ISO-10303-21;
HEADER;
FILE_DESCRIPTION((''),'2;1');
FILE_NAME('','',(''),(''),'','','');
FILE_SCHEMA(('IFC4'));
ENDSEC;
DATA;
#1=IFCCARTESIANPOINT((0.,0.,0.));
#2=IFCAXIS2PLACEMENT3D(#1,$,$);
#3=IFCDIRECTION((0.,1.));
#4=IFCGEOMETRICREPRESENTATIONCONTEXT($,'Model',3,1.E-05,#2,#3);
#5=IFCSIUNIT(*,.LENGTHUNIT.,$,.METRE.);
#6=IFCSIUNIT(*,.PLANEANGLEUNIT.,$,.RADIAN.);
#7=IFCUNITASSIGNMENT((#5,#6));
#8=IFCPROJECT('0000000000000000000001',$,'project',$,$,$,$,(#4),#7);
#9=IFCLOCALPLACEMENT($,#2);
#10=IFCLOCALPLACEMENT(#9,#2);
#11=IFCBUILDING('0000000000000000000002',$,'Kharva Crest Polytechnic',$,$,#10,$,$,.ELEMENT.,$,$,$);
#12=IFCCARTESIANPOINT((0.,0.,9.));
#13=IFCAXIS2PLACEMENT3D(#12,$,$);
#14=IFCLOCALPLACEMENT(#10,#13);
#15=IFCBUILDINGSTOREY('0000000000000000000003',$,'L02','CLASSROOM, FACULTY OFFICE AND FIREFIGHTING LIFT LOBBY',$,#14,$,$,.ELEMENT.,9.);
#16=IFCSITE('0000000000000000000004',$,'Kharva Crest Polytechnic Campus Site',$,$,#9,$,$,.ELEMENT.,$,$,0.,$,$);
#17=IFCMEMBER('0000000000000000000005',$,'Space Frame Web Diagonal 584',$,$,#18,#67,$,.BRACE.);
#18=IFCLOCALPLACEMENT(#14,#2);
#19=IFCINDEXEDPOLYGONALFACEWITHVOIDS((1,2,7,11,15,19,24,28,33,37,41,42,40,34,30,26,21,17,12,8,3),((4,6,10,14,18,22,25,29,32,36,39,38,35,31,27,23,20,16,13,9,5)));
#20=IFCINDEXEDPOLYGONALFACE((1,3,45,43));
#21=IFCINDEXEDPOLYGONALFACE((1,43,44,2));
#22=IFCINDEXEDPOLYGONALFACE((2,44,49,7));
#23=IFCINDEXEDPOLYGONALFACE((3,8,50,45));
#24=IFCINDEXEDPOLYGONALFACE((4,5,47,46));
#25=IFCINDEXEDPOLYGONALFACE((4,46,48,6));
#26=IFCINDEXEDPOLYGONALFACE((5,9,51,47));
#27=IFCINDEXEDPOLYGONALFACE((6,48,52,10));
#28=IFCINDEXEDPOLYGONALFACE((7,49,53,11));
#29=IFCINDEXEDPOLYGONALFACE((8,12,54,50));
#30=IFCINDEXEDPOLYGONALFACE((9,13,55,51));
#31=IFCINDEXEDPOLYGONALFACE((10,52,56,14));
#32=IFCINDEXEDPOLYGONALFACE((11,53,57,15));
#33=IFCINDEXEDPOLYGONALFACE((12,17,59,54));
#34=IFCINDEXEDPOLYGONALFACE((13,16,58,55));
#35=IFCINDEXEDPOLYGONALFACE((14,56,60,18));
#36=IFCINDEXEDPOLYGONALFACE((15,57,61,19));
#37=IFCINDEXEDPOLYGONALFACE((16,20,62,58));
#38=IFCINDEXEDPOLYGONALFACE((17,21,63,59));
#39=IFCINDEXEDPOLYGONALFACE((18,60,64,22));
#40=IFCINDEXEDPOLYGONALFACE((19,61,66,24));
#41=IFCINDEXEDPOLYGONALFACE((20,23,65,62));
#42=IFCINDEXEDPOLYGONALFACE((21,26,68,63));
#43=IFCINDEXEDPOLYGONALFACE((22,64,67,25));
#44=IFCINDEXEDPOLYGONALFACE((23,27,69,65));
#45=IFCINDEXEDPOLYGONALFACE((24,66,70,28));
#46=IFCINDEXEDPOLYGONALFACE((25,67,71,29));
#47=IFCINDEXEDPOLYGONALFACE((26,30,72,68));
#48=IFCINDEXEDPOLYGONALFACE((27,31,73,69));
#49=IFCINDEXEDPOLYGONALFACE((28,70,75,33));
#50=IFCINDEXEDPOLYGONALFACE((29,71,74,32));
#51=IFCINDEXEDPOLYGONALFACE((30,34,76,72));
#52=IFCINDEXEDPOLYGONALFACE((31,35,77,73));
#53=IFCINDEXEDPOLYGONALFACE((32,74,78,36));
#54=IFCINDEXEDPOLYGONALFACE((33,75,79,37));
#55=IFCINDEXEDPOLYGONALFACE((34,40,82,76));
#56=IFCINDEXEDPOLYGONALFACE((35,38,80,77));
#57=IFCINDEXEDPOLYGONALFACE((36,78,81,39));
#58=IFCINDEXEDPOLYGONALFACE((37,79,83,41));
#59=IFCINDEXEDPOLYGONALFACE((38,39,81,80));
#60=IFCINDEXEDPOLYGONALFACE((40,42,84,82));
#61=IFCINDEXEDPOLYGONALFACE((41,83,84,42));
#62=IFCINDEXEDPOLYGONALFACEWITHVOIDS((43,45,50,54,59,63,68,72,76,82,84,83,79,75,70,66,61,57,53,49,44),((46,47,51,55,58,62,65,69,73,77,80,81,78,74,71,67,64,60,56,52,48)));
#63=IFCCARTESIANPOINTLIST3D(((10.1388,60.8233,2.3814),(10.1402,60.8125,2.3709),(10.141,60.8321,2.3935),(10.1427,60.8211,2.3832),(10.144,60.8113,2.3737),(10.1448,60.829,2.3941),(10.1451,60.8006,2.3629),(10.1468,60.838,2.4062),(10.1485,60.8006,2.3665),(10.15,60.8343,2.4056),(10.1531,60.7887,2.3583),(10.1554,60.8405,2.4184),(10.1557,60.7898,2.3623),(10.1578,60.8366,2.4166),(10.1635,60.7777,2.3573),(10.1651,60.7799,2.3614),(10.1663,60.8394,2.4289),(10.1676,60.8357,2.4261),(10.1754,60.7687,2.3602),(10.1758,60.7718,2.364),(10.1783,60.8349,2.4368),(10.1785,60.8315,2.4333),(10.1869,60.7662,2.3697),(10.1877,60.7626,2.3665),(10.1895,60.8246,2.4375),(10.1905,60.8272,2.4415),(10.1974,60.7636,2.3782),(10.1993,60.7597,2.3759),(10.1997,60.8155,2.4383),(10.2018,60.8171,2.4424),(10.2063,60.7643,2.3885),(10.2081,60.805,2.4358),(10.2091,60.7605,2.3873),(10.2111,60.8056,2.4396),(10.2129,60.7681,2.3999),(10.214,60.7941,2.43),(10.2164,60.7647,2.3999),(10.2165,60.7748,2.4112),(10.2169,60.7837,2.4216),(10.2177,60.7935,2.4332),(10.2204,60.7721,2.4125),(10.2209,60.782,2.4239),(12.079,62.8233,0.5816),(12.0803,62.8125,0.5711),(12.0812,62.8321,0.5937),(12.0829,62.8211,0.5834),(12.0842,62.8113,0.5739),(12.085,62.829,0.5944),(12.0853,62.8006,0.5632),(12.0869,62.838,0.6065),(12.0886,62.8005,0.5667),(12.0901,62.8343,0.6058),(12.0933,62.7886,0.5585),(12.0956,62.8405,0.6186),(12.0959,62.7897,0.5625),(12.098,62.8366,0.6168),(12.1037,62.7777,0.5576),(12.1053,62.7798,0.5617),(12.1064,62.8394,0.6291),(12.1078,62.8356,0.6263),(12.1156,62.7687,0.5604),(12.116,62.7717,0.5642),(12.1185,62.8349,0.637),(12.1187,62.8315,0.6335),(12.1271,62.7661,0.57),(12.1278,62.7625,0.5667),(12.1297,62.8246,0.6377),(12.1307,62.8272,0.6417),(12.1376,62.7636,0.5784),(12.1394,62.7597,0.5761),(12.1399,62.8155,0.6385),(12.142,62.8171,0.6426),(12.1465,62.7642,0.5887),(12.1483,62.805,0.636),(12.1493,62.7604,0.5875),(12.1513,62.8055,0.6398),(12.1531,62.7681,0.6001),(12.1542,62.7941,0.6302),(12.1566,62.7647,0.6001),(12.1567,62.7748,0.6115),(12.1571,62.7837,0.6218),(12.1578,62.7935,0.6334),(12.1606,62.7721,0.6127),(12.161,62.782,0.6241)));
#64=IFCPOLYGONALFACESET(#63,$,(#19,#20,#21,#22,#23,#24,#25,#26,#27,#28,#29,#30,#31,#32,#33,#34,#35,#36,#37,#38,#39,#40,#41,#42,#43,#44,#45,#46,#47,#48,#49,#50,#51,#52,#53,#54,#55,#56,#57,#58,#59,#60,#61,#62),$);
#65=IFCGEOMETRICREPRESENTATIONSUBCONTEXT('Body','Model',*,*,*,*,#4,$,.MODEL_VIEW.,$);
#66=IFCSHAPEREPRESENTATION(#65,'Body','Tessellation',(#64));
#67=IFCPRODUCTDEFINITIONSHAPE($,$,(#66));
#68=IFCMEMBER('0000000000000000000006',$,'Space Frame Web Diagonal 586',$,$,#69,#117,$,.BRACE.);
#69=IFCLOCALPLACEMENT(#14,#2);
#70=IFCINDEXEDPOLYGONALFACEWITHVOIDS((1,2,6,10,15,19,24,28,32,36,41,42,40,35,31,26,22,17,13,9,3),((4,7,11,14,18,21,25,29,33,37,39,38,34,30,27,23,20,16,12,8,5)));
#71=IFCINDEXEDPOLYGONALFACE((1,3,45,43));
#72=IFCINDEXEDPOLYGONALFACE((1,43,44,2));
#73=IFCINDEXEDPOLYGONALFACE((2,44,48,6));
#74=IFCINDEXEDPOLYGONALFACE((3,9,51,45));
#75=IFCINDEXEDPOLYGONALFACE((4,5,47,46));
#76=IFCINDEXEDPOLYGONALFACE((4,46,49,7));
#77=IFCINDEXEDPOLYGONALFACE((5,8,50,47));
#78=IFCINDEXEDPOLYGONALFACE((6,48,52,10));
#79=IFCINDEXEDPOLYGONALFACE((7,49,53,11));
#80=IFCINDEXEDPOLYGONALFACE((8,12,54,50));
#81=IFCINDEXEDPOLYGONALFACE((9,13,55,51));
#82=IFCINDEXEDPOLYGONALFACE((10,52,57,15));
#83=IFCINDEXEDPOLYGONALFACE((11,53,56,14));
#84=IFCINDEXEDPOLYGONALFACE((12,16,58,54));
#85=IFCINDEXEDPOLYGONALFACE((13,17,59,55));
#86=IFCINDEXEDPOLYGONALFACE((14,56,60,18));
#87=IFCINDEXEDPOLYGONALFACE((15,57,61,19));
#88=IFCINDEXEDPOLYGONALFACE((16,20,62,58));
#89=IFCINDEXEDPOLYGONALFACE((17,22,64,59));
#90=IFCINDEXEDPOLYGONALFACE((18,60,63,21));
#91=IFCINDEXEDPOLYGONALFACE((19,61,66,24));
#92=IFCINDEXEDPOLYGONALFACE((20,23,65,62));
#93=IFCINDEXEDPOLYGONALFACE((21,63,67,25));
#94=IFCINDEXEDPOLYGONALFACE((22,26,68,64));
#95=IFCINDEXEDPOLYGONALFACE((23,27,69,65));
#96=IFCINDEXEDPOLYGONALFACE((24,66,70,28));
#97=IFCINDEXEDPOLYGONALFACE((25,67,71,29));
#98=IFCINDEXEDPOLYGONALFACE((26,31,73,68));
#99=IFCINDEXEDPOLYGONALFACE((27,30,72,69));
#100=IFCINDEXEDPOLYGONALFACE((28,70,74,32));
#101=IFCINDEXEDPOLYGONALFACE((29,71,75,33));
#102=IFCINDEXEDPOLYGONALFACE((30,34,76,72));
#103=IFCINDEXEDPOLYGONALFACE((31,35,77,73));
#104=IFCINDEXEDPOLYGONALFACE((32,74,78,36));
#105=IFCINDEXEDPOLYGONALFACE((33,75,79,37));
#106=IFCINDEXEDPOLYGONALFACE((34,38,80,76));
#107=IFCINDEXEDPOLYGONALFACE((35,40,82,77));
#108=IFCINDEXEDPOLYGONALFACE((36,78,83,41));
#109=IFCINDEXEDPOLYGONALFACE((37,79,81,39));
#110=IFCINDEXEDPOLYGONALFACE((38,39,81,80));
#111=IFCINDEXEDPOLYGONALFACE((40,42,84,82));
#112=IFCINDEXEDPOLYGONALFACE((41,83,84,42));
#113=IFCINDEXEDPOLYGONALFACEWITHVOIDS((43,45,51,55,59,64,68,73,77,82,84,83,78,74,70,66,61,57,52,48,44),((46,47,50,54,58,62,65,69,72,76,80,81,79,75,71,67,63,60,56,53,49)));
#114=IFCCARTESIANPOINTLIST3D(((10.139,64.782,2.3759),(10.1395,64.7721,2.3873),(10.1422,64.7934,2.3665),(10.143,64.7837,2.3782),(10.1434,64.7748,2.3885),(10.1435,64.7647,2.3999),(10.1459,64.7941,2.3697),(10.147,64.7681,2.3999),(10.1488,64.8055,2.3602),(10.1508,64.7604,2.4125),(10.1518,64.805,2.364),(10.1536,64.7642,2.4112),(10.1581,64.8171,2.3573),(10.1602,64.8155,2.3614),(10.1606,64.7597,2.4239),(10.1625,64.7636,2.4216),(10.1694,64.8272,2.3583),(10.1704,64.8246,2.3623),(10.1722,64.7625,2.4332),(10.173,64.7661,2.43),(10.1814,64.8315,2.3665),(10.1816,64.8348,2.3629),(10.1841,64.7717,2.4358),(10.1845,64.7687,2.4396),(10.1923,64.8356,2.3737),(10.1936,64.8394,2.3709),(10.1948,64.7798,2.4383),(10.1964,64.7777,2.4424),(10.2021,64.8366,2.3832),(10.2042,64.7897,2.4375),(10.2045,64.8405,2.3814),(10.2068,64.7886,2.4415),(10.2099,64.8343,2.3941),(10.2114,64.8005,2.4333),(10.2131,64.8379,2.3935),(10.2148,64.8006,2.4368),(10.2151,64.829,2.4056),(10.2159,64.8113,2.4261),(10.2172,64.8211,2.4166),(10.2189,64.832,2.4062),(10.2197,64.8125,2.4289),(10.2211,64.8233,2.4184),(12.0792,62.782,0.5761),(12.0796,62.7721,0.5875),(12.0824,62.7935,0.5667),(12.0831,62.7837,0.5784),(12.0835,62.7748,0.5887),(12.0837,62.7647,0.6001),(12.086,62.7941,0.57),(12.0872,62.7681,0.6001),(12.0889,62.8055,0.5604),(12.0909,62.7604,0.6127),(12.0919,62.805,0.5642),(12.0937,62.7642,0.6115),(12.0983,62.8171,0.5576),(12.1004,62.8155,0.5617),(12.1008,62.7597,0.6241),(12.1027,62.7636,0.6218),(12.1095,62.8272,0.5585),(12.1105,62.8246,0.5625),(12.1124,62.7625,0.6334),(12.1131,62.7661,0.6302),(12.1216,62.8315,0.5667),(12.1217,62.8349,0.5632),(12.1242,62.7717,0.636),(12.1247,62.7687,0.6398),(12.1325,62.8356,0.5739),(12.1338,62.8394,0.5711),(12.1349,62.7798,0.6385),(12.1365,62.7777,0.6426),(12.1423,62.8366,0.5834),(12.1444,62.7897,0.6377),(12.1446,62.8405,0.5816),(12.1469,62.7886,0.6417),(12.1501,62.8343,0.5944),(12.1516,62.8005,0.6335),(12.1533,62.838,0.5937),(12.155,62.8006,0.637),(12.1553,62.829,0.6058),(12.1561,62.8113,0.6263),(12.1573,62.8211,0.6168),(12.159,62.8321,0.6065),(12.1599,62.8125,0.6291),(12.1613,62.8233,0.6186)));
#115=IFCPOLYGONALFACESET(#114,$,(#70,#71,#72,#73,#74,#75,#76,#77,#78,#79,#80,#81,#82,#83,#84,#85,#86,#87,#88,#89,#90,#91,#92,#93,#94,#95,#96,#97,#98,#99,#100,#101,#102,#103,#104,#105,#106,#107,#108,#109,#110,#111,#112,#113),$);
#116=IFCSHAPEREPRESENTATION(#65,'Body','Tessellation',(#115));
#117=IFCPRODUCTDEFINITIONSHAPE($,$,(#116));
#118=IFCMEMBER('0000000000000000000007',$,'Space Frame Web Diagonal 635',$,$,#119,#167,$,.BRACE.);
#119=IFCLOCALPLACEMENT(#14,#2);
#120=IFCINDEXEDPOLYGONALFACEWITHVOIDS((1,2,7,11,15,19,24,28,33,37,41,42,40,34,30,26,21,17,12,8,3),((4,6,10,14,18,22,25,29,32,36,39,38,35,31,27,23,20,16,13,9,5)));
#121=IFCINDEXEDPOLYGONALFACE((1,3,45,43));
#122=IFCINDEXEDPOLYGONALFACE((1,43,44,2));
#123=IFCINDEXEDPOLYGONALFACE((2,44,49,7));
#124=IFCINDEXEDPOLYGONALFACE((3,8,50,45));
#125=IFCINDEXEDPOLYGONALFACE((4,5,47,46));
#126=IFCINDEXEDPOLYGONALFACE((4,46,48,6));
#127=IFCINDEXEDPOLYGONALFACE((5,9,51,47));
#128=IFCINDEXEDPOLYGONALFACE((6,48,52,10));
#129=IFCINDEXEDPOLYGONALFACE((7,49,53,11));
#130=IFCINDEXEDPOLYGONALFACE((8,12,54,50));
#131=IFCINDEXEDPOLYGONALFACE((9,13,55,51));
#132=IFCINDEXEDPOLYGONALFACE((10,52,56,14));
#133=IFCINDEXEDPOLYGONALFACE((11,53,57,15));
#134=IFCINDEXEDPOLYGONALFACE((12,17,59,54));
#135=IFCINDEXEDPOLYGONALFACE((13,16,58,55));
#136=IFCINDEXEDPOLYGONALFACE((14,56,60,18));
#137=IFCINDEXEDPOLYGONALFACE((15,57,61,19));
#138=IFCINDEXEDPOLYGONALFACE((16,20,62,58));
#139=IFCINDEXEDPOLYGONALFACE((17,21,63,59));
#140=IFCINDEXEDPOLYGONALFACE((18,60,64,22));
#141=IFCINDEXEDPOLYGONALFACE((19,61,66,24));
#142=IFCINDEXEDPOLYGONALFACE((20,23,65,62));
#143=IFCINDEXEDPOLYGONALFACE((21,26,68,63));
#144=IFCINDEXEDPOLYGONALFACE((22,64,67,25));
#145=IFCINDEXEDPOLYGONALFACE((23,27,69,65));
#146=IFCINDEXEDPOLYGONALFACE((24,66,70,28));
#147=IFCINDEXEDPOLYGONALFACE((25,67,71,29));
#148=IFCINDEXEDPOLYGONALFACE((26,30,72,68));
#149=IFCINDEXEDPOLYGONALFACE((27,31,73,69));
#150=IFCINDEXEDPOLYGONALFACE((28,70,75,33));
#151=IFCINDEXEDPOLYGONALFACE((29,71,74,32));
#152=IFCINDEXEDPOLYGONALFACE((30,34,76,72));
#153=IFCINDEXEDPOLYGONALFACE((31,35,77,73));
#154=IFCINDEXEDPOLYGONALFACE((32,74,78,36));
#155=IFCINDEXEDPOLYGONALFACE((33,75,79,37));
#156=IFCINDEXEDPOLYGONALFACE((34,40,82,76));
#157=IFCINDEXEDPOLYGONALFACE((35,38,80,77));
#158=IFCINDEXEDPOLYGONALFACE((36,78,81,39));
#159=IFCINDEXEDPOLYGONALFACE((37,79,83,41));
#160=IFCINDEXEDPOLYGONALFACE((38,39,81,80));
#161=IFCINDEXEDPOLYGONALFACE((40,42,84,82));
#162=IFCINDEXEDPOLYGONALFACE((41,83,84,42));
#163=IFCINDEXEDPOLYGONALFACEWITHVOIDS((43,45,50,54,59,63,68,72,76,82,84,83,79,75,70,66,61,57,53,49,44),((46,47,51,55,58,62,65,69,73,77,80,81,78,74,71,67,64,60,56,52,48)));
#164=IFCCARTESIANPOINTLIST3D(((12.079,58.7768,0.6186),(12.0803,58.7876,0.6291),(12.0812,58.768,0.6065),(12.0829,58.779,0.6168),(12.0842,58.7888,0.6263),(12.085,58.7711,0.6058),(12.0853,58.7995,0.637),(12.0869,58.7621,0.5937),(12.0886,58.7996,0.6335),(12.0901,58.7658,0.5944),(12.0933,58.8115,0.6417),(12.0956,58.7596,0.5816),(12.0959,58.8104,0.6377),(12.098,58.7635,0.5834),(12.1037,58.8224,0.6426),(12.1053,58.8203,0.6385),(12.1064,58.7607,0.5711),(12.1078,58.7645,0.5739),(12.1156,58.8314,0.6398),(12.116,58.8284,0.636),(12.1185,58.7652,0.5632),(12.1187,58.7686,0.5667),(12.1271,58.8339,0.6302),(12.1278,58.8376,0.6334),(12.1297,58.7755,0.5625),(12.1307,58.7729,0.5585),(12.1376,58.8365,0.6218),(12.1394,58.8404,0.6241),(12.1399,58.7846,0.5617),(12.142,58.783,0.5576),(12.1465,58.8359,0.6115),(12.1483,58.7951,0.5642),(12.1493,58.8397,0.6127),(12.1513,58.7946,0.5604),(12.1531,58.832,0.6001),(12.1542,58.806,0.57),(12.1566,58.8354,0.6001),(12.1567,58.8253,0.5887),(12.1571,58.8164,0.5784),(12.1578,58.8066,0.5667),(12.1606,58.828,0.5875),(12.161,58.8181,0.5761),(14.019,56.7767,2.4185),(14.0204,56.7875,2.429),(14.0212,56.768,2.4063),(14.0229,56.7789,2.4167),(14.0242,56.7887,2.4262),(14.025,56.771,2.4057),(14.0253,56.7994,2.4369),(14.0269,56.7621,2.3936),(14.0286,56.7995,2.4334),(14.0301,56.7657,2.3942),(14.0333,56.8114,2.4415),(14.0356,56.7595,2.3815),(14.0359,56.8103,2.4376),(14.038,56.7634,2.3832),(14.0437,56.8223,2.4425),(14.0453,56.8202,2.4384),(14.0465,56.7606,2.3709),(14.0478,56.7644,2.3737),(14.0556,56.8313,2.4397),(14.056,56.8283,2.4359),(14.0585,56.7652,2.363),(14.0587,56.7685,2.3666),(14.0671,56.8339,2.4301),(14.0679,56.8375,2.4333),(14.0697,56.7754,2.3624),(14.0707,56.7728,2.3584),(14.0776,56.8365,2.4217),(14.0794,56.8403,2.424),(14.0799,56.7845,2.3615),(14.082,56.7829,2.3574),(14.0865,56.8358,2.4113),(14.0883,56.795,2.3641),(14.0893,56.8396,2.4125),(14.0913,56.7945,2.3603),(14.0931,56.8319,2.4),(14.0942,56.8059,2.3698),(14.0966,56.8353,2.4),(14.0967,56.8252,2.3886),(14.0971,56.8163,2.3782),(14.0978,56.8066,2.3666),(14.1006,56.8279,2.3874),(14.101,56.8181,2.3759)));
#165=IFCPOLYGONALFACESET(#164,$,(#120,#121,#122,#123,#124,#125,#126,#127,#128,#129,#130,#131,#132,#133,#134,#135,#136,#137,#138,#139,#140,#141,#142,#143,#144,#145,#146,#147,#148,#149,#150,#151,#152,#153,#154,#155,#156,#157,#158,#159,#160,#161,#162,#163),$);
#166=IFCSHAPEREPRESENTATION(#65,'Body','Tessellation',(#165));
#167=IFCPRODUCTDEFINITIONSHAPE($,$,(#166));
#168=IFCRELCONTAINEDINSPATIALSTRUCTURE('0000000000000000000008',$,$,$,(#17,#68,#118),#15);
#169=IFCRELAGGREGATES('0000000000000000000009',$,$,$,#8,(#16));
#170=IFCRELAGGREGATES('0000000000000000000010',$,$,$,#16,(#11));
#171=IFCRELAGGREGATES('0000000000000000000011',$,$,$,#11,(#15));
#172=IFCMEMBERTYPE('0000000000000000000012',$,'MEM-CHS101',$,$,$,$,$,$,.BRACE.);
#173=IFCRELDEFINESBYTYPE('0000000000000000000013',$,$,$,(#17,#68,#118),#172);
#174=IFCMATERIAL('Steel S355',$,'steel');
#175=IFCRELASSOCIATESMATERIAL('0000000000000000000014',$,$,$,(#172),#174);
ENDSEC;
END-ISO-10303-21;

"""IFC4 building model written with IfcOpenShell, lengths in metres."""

from ifc_helpers import new_model, si_unit, direction, frame, origin, origin_2d, place, context, subcontext, project, spatial, hollow_circle, extrude, material, material_profile, profile_set, type_object, element, save


model = new_model("IFC4")

# Units and contexts
model_context = context("Model", 3, precision=1e-05, world=origin(), true_north=direction((0.0, 1.0)))
body_context = subcontext(model_context, "Body", "Model", "MODEL_VIEW")
ifc_project = project(units=[si_unit("LENGTHUNIT", "METRE"), si_unit("PLANEANGLEUNIT", "RADIAN")], contexts=[model_context])

# Site, building, storey
site_placement = place(None, origin())
site = spatial("IfcSite", under=ifc_project, at=site_placement, Name="Kharva Crest Polytechnic Campus Site", CompositionType="ELEMENT", RefElevation=0.0)
building_placement = place(site_placement, origin())
building = spatial("IfcBuilding", under=site, at=building_placement, Name="Kharva Crest Polytechnic", CompositionType="ELEMENT")
storey_placement = place(building_placement, frame((0.0, 0.0, 9.0)))
storey = spatial("IfcBuildingStorey", under=building, at=storey_placement, Name="L02", Description="CLASSROOM, FACULTY OFFICE AND FIREFIGHTING LIFT LOBBY", CompositionType="ELEMENT", Elevation=9.0)

# Shared definitions
ifc_material_1 = material(Name="Steel S355", Category="steel")

# Members
ifc_material_profile_1 = material_profile(ifc_material_1, hollow_circle(Radius=0.0508, WallThickness=0.0049, at=origin_2d()), Name="CHS 101.6X5.0")
ifc_profile_set_1 = profile_set([ifc_material_profile_1], Name="Steel S355")
member_type_1 = type_object("IfcMemberType", Name="MEM-CHS101", PredefinedType="BRACE", material=ifc_profile_set_1)
for number, where, z_axis, x_axis, name in (
    (1, (12.1201, 62.8, 0.6001), (-0.584892, -0.602924, 0.542572), (0.717758, -0.696292, 0.0), "Space Frame Web Diagonal 584"),
    (2, (12.1201, 62.8, 0.6001), (-0.584892, 0.602924, 0.542572), (-0.717758, -0.696292, 0.0), "Space Frame Web Diagonal 586"),
    (3, (12.1201, 58.8, 0.6001), (0.584843, -0.60295, 0.542596), (0.717802, 0.696247, 0.0), "Space Frame Web Diagonal 635"),
):
    element("IfcMember", number, at=place(storey_placement, frame(where, z_axis=z_axis, x_axis=x_axis)), inside=storey, type_object=member_type_1, Name=name, PredefinedType="BRACE", context=body_context, shape_type="SweptSolid", body=[
        extrude(hollow_circle(Radius=0.0508, WallThickness=0.0049, at=origin_2d()), origin(), (0.0, 0.0, 1.0), 3.3171),
    ])

save(model, "model.ifc")
